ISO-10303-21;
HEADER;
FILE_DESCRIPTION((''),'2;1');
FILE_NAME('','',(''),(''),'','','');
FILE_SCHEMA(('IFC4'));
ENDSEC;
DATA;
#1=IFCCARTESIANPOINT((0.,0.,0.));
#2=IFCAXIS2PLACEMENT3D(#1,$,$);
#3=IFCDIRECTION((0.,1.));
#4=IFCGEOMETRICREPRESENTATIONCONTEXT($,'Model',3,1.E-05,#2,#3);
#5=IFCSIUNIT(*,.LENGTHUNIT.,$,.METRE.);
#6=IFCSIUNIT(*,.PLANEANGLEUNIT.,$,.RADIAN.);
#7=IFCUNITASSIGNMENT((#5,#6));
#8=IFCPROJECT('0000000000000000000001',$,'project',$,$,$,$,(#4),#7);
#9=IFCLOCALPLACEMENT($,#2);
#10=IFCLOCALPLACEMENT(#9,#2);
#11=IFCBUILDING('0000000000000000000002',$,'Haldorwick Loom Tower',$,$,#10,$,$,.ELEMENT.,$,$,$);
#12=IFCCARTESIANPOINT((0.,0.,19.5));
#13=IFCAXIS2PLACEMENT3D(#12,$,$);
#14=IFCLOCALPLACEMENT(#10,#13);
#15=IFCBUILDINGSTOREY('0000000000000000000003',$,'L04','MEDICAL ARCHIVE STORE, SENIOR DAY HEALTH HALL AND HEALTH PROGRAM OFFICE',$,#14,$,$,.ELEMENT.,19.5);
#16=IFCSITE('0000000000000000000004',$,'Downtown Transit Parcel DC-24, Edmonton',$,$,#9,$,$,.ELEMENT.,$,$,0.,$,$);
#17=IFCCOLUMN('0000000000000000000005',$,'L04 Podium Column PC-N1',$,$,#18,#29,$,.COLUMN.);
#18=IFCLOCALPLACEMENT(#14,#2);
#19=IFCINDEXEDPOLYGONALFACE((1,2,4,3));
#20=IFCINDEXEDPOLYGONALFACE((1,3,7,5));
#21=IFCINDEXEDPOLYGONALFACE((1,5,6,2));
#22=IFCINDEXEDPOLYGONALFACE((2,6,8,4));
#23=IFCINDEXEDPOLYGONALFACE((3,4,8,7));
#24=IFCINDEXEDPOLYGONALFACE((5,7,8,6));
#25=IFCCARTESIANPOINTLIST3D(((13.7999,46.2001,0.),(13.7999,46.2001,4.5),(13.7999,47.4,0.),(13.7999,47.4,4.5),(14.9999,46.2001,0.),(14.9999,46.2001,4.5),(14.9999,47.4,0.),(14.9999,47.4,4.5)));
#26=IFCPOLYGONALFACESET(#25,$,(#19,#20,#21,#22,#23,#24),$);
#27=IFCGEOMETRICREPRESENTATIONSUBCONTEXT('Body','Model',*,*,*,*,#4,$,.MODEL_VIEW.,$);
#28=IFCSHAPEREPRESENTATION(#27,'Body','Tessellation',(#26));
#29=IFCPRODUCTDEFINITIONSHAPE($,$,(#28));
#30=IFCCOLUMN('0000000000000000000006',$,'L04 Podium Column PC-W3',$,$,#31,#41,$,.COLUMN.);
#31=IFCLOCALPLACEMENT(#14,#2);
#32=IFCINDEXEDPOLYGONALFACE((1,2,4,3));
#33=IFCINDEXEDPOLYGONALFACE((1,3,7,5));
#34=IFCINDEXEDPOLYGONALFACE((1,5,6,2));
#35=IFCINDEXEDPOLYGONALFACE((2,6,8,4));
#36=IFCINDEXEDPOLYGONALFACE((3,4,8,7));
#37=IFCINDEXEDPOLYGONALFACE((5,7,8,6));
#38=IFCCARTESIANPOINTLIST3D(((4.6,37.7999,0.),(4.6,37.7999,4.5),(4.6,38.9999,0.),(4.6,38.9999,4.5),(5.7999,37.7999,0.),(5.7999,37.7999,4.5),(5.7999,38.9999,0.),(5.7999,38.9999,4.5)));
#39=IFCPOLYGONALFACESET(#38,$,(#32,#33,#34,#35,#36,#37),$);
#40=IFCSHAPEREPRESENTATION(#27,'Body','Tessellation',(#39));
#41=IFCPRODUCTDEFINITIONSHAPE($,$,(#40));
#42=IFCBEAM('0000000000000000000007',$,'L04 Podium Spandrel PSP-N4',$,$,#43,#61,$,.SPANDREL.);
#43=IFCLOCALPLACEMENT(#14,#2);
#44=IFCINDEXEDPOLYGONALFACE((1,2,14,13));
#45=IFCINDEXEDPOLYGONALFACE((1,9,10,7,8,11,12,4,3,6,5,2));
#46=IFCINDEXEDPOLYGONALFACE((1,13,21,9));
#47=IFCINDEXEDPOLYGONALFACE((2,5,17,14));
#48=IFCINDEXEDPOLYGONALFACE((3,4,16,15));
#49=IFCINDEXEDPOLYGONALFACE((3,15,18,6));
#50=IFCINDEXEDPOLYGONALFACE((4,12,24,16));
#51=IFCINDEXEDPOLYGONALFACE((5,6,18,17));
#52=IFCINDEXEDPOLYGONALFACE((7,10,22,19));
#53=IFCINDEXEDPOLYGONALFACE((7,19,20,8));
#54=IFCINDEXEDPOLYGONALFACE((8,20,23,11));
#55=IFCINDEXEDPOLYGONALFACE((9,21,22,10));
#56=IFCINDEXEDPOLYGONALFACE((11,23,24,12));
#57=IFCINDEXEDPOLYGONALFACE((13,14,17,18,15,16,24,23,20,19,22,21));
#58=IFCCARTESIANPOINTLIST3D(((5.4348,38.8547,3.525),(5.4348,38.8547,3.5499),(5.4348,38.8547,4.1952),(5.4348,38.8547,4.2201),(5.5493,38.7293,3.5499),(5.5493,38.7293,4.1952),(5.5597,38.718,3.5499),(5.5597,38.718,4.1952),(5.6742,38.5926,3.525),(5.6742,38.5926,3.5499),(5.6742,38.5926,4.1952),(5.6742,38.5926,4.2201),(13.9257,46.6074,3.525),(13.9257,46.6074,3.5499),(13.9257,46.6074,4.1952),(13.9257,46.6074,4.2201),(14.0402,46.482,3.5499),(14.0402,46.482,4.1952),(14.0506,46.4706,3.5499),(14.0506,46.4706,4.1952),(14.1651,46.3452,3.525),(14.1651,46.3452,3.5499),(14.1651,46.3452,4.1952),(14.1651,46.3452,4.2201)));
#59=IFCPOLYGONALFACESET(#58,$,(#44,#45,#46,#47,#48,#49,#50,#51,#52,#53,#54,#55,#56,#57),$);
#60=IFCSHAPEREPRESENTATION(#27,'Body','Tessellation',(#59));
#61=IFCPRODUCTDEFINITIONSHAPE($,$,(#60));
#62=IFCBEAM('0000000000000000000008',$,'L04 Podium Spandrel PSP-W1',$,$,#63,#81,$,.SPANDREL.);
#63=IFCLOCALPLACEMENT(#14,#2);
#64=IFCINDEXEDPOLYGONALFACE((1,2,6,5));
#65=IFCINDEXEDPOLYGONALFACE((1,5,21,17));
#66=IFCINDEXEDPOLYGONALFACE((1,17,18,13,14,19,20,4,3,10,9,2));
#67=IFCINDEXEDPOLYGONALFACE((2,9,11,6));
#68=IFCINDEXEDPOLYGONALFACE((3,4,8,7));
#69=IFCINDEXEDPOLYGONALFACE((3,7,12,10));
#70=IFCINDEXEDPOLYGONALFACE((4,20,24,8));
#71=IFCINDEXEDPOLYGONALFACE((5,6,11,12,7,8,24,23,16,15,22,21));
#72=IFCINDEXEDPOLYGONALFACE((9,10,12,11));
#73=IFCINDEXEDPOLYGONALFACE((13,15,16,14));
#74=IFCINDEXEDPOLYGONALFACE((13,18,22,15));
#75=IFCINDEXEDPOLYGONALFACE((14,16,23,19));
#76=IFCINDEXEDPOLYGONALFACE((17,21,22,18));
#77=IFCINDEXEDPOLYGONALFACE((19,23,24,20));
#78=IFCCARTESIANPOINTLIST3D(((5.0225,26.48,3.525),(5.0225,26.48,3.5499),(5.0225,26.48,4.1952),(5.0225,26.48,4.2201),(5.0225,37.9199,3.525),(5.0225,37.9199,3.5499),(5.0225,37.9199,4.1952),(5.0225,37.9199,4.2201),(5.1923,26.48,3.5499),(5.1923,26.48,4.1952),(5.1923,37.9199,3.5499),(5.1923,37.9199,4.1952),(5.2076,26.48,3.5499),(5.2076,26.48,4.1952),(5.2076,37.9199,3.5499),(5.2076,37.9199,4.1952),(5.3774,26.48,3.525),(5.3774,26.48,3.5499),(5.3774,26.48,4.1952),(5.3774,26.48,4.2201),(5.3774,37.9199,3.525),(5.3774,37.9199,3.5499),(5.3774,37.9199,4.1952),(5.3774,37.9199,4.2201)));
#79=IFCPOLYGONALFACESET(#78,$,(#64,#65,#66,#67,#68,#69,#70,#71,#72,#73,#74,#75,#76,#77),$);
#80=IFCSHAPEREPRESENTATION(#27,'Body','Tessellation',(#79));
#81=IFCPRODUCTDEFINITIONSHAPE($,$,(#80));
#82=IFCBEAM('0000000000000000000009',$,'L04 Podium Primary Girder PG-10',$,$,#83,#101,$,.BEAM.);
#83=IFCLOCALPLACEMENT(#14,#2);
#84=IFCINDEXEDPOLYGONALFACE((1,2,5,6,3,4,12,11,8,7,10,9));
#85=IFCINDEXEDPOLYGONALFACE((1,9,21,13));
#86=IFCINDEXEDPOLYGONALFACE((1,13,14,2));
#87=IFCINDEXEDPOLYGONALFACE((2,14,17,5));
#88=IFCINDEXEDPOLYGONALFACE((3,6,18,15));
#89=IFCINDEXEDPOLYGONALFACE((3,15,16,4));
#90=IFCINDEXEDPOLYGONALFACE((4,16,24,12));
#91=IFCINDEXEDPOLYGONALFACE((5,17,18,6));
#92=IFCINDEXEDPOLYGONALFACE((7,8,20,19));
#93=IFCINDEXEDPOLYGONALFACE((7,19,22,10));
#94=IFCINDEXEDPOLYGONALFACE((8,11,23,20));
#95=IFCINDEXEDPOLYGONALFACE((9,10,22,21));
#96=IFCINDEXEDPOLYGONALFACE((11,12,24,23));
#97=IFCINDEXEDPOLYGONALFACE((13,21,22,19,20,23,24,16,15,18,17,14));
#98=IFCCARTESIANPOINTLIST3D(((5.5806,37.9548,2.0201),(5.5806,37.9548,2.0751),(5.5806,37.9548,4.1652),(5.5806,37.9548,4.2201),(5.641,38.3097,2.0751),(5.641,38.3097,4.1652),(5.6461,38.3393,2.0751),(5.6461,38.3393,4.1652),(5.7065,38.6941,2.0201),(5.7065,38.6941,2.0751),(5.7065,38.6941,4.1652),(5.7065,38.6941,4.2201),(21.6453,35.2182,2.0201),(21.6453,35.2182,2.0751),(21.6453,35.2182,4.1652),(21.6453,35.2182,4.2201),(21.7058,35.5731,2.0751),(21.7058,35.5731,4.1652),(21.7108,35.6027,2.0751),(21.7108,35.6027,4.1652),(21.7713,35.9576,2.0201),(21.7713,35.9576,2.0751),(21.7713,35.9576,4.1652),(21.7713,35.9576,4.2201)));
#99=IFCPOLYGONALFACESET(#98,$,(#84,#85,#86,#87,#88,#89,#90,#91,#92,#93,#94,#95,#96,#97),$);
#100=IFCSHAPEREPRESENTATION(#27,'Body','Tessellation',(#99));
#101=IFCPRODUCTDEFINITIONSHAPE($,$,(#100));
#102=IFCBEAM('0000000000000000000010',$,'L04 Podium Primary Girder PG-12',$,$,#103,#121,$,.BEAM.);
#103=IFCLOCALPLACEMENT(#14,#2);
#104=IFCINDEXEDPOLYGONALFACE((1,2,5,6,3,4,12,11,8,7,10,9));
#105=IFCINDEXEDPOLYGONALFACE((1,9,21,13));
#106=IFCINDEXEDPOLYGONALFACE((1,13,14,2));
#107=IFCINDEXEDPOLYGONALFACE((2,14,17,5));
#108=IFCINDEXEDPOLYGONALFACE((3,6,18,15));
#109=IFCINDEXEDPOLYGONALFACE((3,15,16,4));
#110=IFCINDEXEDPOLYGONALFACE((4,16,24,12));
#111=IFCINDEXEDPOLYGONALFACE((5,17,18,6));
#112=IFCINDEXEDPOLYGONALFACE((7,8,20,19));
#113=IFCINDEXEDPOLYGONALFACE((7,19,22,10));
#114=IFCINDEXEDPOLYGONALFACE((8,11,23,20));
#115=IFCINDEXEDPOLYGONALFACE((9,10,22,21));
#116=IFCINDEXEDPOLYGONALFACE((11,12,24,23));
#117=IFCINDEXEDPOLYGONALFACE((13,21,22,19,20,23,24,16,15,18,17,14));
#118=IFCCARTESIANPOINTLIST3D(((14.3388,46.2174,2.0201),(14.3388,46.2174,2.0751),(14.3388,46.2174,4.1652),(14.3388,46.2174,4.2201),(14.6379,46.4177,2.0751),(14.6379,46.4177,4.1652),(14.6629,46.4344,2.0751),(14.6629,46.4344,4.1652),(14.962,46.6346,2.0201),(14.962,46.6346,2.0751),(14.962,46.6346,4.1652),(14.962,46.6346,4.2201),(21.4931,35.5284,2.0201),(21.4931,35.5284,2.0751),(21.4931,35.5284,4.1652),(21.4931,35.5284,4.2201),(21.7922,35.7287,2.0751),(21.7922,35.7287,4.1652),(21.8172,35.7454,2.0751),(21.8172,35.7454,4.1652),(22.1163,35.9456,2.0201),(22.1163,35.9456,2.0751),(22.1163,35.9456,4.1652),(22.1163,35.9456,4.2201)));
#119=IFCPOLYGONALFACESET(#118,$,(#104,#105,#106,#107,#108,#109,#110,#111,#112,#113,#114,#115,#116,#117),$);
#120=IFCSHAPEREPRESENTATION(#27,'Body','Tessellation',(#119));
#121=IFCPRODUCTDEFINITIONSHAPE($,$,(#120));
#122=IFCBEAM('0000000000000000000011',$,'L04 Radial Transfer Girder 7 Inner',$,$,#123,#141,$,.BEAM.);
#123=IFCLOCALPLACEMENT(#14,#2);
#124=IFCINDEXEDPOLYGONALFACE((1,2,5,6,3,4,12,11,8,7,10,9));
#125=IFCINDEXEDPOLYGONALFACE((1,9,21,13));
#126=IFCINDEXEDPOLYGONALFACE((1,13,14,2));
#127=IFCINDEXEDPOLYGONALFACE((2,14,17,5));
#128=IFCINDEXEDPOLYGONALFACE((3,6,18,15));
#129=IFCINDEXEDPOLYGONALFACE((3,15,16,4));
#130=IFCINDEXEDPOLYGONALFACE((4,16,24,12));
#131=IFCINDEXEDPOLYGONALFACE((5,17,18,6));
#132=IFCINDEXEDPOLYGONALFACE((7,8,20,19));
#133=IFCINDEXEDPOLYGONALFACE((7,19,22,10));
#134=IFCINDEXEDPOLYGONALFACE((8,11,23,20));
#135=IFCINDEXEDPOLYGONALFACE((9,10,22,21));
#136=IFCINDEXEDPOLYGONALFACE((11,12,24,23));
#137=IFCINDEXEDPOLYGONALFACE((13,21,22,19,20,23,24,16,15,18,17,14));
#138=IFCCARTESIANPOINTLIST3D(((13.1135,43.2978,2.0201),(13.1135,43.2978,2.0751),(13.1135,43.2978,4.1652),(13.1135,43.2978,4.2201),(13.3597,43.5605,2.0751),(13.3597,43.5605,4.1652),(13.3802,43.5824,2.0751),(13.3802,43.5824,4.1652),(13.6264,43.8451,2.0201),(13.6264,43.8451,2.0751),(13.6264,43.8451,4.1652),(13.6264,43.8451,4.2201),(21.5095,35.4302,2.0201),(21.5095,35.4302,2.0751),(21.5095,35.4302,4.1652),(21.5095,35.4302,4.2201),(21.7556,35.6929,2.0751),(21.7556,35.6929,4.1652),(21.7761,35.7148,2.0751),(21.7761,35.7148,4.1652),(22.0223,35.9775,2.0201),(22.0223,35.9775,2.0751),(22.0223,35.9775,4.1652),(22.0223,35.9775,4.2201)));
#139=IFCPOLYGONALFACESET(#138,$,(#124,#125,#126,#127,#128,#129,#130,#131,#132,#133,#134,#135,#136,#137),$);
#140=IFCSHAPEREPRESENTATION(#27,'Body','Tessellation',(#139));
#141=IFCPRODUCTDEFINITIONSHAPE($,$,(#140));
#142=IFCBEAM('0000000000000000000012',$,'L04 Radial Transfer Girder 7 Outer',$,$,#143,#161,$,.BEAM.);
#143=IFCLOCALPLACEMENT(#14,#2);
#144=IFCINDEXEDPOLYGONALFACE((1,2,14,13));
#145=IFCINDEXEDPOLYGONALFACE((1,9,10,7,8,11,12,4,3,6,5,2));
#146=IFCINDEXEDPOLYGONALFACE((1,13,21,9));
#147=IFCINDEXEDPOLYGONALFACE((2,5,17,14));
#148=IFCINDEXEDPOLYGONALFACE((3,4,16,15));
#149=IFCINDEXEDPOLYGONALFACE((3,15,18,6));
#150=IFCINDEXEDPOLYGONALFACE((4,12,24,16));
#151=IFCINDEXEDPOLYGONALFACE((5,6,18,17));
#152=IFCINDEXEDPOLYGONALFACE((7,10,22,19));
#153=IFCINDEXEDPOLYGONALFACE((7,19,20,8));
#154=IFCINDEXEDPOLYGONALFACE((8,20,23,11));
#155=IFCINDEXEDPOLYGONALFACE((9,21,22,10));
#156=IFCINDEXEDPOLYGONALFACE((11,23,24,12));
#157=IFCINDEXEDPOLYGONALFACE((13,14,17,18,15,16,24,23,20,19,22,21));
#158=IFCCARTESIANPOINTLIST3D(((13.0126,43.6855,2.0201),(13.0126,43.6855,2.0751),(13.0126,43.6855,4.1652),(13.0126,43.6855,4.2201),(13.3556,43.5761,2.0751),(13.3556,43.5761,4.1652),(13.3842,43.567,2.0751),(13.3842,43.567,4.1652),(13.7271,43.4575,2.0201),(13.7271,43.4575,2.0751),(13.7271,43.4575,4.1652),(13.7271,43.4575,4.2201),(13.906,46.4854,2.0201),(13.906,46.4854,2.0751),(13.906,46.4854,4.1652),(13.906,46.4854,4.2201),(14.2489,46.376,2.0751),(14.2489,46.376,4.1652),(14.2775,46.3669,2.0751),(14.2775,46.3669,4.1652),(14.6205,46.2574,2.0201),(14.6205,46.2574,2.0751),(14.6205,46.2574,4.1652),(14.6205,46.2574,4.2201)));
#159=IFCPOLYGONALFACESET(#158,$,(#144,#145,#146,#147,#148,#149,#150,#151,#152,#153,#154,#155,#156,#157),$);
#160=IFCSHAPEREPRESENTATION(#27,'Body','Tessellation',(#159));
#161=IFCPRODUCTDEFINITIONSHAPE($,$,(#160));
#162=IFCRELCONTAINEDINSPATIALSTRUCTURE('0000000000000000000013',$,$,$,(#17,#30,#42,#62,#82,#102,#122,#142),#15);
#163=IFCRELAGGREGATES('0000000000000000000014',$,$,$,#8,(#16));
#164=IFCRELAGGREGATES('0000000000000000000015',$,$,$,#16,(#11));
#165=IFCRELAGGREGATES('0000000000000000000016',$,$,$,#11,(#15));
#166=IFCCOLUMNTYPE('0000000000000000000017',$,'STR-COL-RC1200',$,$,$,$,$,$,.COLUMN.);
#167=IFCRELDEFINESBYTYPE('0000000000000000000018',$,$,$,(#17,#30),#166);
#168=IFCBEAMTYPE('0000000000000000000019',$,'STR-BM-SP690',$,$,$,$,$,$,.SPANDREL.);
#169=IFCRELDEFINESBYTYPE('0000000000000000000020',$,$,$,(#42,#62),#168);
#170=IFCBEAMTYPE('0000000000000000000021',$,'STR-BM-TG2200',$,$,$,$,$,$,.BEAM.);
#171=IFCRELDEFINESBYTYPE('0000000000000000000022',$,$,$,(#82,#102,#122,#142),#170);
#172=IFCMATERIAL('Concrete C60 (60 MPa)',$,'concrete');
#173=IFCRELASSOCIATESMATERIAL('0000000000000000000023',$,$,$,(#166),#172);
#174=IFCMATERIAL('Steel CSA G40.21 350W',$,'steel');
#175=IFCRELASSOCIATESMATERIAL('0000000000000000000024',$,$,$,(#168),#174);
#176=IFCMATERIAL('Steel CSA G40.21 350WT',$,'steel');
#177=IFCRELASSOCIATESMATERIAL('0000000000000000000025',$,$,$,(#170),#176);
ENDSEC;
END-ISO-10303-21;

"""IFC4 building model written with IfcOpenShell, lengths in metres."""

from ifc_helpers import new_model, si_unit, direction, frame, origin, origin_2d, place, context, subcontext, project, spatial, rectangle, i_section, extrude, material, material_profile, profile_set, type_object, element, save


model = new_model("IFC4")

# Units and contexts
model_context = context("Model", 3, precision=1e-05, world=origin(), true_north=direction((0.0, 1.0)))
body_context = subcontext(model_context, "Body", "Model", "MODEL_VIEW")
ifc_project = project(units=[si_unit("LENGTHUNIT", "METRE"), si_unit("PLANEANGLEUNIT", "RADIAN")], contexts=[model_context])

# Site, building, storey
site_placement = place(None, origin())
site = spatial("IfcSite", under=ifc_project, at=site_placement, Name="Downtown Transit Parcel DC-24, Edmonton", CompositionType="ELEMENT", RefElevation=0.0)
building_placement = place(site_placement, origin())
building = spatial("IfcBuilding", under=site, at=building_placement, Name="Haldorwick Loom Tower", CompositionType="ELEMENT")
storey_placement = place(building_placement, frame((0.0, 0.0, 19.5)))
storey = spatial("IfcBuildingStorey", under=building, at=storey_placement, Name="L04", Description="MEDICAL ARCHIVE STORE, SENIOR DAY HEALTH HALL AND HEALTH PROGRAM OFFICE", CompositionType="ELEMENT", Elevation=19.5)

# Columns
ifc_material_1 = material(Name="Concrete C60 (60 MPa)", Category="concrete")
ifc_material_profile_1 = material_profile(ifc_material_1, rectangle(XDim=1.2, YDim=1.2, at=origin_2d()), Name="RC1200X1200", Category="concrete")
ifc_profile_set_1 = profile_set([ifc_material_profile_1], Name="Concrete C60 (60 MPa)")
column_type = type_object("IfcColumnType", Name="STR-COL-RC1200", PredefinedType="COLUMN", material=ifc_profile_set_1)
for number, where, z_axis, x_axis, name in (
    (1, (14.3999, 46.8, 0.0), (0.0, 0.0, 1.0), (1.0, 0.0, 0.0), "L04 Podium Column PC-N1"),
    (2, (5.2, 38.3999, 0.0), (0.0, 0.0, 1.0), (1.0, 0.0, 0.0), "L04 Podium Column PC-W3"),
):
    element("IfcColumn", number, at=place(storey_placement, frame(where, z_axis=z_axis, x_axis=x_axis)), inside=storey, type_object=column_type, Name=name, PredefinedType="COLUMN", context=body_context, shape_type="SweptSolid", body=[
        extrude(rectangle(XDim=1.2, YDim=1.2, at=origin_2d()), origin(), (0.0, 0.0, 1.0), 4.5),
    ])

# Beams
ifc_material_2 = material(Name="Steel CSA G40.21 350W", Category="steel")
ifc_material_profile_2 = material_profile(ifc_material_2, i_section(OverallWidth=0.355, OverallDepth=0.6951, WebThickness=0.0154, FlangeThickness=0.0249, at=origin_2d()), Name="W690X217", Category="steel")
ifc_profile_set_2 = profile_set([ifc_material_profile_2], Name="Steel CSA G40.21 350W")
beam_type_1 = type_object("IfcBeamType", Name="STR-BM-SP690", PredefinedType="SPANDREL", material=ifc_profile_set_2)
beam_1_placement = place(storey_placement, frame((14.0454, 46.4763, 3.8726), z_axis=(-0.738483, -0.674272, 0.0), x_axis=(0.674272, -0.738483, 0.0)))
element("IfcBeam", 3, at=beam_1_placement, inside=storey, type_object=beam_type_1, Name="L04 Podium Spandrel PSP-N4", PredefinedType="SPANDREL", context=body_context, shape_type="SweptSolid", body=[
    extrude(i_section(OverallWidth=0.355, OverallDepth=0.6951, WebThickness=0.0154, FlangeThickness=0.0249, at=origin_2d()), origin(), (0.0, 0.0, 1.0), 11.4978),
])
beam_2_placement = place(storey_placement, frame((5.2, 37.9199, 3.8726), z_axis=(0.0, -1.0, 0.0), x_axis=(1.0, 0.0, 0.0)))
element("IfcBeam", 4, at=beam_2_placement, inside=storey, type_object=beam_type_1, Name="L04 Podium Spandrel PSP-W1", PredefinedType="SPANDREL", context=body_context, shape_type="SweptSolid", body=[
    extrude(i_section(OverallWidth=0.355, OverallDepth=0.6951, WebThickness=0.0154, FlangeThickness=0.0249, at=origin_2d()), origin(), (0.0, 0.0, 1.0), 11.4399),
])
ifc_material_3 = material(Name="Steel CSA G40.21 350WT", Category="steel")
ifc_material_profile_3 = material_profile(ifc_material_3, i_section(OverallWidth=0.75, OverallDepth=2.2, WebThickness=0.03, FlangeThickness=0.0549, at=origin_2d()), Name="WWF2200X750", Category="steel")
ifc_profile_set_3 = profile_set([ifc_material_profile_3], Name="Steel CSA G40.21 350WT")
beam_type_2 = type_object("IfcBeamType", Name="STR-BM-TG2200", PredefinedType="BEAM", material=ifc_profile_set_3)
beam_3_placement = place(storey_placement, frame((5.6436, 38.3245, 3.1201), z_axis=(0.985799, -0.167928, 0.0), x_axis=(0.167928, 0.985799, 0.0)))
element("IfcBeam", 5, at=beam_3_placement, inside=storey, type_object=beam_type_2, Name="L04 Podium Primary Girder PG-10", PredefinedType="BEAM", context=body_context, shape_type="SweptSolid", body=[
    extrude(i_section(OverallWidth=0.75, OverallDepth=2.2, WebThickness=0.03, FlangeThickness=0.0549, at=origin_2d()), origin(), (0.0, 0.0, 1.0), 16.2961),
])
beam_4_placement = place(storey_placement, frame((14.6504, 46.426, 3.1201), z_axis=(0.556224, -0.831033, 0.0), x_axis=(0.831033, 0.556224, 0.0)))
element("IfcBeam", 6, at=beam_4_placement, inside=storey, type_object=beam_type_2, Name="L04 Podium Primary Girder PG-12", PredefinedType="BEAM", context=body_context, shape_type="SweptSolid", body=[
    extrude(i_section(OverallWidth=0.75, OverallDepth=2.2, WebThickness=0.03, FlangeThickness=0.0549, at=origin_2d()), origin(), (0.0, 0.0, 1.0), 12.8623),
])
beam_5_placement = place(storey_placement, frame((21.7659, 35.7039, 3.1201), z_axis=(-0.729692, 0.683776, 0.0), x_axis=(-0.683776, -0.729692, 0.0)))
element("IfcBeam", 7, at=beam_5_placement, inside=storey, type_object=beam_type_2, Name="L04 Radial Transfer Girder 7 Inner", PredefinedType="BEAM", context=body_context, shape_type="SweptSolid", body=[
    extrude(i_section(OverallWidth=0.75, OverallDepth=2.2, WebThickness=0.03, FlangeThickness=0.0549, at=origin_2d()), origin(), (0.0, 0.0, 1.0), 11.5061),
])
beam_6_placement = place(storey_placement, frame((13.3699, 43.5715, 3.1201), z_axis=(0.303965, 0.952683, 0.0), x_axis=(-0.952683, 0.303965, 0.0)))
element("IfcBeam", 8, at=beam_6_placement, inside=storey, type_object=beam_type_2, Name="L04 Radial Transfer Girder 7 Outer", PredefinedType="BEAM", context=body_context, shape_type="SweptSolid", body=[
    extrude(i_section(OverallWidth=0.75, OverallDepth=2.2, WebThickness=0.03, FlangeThickness=0.0549, at=origin_2d()), origin(), (0.0, 0.0, 1.0), 2.939),
])

save(model, "model.ifc")
